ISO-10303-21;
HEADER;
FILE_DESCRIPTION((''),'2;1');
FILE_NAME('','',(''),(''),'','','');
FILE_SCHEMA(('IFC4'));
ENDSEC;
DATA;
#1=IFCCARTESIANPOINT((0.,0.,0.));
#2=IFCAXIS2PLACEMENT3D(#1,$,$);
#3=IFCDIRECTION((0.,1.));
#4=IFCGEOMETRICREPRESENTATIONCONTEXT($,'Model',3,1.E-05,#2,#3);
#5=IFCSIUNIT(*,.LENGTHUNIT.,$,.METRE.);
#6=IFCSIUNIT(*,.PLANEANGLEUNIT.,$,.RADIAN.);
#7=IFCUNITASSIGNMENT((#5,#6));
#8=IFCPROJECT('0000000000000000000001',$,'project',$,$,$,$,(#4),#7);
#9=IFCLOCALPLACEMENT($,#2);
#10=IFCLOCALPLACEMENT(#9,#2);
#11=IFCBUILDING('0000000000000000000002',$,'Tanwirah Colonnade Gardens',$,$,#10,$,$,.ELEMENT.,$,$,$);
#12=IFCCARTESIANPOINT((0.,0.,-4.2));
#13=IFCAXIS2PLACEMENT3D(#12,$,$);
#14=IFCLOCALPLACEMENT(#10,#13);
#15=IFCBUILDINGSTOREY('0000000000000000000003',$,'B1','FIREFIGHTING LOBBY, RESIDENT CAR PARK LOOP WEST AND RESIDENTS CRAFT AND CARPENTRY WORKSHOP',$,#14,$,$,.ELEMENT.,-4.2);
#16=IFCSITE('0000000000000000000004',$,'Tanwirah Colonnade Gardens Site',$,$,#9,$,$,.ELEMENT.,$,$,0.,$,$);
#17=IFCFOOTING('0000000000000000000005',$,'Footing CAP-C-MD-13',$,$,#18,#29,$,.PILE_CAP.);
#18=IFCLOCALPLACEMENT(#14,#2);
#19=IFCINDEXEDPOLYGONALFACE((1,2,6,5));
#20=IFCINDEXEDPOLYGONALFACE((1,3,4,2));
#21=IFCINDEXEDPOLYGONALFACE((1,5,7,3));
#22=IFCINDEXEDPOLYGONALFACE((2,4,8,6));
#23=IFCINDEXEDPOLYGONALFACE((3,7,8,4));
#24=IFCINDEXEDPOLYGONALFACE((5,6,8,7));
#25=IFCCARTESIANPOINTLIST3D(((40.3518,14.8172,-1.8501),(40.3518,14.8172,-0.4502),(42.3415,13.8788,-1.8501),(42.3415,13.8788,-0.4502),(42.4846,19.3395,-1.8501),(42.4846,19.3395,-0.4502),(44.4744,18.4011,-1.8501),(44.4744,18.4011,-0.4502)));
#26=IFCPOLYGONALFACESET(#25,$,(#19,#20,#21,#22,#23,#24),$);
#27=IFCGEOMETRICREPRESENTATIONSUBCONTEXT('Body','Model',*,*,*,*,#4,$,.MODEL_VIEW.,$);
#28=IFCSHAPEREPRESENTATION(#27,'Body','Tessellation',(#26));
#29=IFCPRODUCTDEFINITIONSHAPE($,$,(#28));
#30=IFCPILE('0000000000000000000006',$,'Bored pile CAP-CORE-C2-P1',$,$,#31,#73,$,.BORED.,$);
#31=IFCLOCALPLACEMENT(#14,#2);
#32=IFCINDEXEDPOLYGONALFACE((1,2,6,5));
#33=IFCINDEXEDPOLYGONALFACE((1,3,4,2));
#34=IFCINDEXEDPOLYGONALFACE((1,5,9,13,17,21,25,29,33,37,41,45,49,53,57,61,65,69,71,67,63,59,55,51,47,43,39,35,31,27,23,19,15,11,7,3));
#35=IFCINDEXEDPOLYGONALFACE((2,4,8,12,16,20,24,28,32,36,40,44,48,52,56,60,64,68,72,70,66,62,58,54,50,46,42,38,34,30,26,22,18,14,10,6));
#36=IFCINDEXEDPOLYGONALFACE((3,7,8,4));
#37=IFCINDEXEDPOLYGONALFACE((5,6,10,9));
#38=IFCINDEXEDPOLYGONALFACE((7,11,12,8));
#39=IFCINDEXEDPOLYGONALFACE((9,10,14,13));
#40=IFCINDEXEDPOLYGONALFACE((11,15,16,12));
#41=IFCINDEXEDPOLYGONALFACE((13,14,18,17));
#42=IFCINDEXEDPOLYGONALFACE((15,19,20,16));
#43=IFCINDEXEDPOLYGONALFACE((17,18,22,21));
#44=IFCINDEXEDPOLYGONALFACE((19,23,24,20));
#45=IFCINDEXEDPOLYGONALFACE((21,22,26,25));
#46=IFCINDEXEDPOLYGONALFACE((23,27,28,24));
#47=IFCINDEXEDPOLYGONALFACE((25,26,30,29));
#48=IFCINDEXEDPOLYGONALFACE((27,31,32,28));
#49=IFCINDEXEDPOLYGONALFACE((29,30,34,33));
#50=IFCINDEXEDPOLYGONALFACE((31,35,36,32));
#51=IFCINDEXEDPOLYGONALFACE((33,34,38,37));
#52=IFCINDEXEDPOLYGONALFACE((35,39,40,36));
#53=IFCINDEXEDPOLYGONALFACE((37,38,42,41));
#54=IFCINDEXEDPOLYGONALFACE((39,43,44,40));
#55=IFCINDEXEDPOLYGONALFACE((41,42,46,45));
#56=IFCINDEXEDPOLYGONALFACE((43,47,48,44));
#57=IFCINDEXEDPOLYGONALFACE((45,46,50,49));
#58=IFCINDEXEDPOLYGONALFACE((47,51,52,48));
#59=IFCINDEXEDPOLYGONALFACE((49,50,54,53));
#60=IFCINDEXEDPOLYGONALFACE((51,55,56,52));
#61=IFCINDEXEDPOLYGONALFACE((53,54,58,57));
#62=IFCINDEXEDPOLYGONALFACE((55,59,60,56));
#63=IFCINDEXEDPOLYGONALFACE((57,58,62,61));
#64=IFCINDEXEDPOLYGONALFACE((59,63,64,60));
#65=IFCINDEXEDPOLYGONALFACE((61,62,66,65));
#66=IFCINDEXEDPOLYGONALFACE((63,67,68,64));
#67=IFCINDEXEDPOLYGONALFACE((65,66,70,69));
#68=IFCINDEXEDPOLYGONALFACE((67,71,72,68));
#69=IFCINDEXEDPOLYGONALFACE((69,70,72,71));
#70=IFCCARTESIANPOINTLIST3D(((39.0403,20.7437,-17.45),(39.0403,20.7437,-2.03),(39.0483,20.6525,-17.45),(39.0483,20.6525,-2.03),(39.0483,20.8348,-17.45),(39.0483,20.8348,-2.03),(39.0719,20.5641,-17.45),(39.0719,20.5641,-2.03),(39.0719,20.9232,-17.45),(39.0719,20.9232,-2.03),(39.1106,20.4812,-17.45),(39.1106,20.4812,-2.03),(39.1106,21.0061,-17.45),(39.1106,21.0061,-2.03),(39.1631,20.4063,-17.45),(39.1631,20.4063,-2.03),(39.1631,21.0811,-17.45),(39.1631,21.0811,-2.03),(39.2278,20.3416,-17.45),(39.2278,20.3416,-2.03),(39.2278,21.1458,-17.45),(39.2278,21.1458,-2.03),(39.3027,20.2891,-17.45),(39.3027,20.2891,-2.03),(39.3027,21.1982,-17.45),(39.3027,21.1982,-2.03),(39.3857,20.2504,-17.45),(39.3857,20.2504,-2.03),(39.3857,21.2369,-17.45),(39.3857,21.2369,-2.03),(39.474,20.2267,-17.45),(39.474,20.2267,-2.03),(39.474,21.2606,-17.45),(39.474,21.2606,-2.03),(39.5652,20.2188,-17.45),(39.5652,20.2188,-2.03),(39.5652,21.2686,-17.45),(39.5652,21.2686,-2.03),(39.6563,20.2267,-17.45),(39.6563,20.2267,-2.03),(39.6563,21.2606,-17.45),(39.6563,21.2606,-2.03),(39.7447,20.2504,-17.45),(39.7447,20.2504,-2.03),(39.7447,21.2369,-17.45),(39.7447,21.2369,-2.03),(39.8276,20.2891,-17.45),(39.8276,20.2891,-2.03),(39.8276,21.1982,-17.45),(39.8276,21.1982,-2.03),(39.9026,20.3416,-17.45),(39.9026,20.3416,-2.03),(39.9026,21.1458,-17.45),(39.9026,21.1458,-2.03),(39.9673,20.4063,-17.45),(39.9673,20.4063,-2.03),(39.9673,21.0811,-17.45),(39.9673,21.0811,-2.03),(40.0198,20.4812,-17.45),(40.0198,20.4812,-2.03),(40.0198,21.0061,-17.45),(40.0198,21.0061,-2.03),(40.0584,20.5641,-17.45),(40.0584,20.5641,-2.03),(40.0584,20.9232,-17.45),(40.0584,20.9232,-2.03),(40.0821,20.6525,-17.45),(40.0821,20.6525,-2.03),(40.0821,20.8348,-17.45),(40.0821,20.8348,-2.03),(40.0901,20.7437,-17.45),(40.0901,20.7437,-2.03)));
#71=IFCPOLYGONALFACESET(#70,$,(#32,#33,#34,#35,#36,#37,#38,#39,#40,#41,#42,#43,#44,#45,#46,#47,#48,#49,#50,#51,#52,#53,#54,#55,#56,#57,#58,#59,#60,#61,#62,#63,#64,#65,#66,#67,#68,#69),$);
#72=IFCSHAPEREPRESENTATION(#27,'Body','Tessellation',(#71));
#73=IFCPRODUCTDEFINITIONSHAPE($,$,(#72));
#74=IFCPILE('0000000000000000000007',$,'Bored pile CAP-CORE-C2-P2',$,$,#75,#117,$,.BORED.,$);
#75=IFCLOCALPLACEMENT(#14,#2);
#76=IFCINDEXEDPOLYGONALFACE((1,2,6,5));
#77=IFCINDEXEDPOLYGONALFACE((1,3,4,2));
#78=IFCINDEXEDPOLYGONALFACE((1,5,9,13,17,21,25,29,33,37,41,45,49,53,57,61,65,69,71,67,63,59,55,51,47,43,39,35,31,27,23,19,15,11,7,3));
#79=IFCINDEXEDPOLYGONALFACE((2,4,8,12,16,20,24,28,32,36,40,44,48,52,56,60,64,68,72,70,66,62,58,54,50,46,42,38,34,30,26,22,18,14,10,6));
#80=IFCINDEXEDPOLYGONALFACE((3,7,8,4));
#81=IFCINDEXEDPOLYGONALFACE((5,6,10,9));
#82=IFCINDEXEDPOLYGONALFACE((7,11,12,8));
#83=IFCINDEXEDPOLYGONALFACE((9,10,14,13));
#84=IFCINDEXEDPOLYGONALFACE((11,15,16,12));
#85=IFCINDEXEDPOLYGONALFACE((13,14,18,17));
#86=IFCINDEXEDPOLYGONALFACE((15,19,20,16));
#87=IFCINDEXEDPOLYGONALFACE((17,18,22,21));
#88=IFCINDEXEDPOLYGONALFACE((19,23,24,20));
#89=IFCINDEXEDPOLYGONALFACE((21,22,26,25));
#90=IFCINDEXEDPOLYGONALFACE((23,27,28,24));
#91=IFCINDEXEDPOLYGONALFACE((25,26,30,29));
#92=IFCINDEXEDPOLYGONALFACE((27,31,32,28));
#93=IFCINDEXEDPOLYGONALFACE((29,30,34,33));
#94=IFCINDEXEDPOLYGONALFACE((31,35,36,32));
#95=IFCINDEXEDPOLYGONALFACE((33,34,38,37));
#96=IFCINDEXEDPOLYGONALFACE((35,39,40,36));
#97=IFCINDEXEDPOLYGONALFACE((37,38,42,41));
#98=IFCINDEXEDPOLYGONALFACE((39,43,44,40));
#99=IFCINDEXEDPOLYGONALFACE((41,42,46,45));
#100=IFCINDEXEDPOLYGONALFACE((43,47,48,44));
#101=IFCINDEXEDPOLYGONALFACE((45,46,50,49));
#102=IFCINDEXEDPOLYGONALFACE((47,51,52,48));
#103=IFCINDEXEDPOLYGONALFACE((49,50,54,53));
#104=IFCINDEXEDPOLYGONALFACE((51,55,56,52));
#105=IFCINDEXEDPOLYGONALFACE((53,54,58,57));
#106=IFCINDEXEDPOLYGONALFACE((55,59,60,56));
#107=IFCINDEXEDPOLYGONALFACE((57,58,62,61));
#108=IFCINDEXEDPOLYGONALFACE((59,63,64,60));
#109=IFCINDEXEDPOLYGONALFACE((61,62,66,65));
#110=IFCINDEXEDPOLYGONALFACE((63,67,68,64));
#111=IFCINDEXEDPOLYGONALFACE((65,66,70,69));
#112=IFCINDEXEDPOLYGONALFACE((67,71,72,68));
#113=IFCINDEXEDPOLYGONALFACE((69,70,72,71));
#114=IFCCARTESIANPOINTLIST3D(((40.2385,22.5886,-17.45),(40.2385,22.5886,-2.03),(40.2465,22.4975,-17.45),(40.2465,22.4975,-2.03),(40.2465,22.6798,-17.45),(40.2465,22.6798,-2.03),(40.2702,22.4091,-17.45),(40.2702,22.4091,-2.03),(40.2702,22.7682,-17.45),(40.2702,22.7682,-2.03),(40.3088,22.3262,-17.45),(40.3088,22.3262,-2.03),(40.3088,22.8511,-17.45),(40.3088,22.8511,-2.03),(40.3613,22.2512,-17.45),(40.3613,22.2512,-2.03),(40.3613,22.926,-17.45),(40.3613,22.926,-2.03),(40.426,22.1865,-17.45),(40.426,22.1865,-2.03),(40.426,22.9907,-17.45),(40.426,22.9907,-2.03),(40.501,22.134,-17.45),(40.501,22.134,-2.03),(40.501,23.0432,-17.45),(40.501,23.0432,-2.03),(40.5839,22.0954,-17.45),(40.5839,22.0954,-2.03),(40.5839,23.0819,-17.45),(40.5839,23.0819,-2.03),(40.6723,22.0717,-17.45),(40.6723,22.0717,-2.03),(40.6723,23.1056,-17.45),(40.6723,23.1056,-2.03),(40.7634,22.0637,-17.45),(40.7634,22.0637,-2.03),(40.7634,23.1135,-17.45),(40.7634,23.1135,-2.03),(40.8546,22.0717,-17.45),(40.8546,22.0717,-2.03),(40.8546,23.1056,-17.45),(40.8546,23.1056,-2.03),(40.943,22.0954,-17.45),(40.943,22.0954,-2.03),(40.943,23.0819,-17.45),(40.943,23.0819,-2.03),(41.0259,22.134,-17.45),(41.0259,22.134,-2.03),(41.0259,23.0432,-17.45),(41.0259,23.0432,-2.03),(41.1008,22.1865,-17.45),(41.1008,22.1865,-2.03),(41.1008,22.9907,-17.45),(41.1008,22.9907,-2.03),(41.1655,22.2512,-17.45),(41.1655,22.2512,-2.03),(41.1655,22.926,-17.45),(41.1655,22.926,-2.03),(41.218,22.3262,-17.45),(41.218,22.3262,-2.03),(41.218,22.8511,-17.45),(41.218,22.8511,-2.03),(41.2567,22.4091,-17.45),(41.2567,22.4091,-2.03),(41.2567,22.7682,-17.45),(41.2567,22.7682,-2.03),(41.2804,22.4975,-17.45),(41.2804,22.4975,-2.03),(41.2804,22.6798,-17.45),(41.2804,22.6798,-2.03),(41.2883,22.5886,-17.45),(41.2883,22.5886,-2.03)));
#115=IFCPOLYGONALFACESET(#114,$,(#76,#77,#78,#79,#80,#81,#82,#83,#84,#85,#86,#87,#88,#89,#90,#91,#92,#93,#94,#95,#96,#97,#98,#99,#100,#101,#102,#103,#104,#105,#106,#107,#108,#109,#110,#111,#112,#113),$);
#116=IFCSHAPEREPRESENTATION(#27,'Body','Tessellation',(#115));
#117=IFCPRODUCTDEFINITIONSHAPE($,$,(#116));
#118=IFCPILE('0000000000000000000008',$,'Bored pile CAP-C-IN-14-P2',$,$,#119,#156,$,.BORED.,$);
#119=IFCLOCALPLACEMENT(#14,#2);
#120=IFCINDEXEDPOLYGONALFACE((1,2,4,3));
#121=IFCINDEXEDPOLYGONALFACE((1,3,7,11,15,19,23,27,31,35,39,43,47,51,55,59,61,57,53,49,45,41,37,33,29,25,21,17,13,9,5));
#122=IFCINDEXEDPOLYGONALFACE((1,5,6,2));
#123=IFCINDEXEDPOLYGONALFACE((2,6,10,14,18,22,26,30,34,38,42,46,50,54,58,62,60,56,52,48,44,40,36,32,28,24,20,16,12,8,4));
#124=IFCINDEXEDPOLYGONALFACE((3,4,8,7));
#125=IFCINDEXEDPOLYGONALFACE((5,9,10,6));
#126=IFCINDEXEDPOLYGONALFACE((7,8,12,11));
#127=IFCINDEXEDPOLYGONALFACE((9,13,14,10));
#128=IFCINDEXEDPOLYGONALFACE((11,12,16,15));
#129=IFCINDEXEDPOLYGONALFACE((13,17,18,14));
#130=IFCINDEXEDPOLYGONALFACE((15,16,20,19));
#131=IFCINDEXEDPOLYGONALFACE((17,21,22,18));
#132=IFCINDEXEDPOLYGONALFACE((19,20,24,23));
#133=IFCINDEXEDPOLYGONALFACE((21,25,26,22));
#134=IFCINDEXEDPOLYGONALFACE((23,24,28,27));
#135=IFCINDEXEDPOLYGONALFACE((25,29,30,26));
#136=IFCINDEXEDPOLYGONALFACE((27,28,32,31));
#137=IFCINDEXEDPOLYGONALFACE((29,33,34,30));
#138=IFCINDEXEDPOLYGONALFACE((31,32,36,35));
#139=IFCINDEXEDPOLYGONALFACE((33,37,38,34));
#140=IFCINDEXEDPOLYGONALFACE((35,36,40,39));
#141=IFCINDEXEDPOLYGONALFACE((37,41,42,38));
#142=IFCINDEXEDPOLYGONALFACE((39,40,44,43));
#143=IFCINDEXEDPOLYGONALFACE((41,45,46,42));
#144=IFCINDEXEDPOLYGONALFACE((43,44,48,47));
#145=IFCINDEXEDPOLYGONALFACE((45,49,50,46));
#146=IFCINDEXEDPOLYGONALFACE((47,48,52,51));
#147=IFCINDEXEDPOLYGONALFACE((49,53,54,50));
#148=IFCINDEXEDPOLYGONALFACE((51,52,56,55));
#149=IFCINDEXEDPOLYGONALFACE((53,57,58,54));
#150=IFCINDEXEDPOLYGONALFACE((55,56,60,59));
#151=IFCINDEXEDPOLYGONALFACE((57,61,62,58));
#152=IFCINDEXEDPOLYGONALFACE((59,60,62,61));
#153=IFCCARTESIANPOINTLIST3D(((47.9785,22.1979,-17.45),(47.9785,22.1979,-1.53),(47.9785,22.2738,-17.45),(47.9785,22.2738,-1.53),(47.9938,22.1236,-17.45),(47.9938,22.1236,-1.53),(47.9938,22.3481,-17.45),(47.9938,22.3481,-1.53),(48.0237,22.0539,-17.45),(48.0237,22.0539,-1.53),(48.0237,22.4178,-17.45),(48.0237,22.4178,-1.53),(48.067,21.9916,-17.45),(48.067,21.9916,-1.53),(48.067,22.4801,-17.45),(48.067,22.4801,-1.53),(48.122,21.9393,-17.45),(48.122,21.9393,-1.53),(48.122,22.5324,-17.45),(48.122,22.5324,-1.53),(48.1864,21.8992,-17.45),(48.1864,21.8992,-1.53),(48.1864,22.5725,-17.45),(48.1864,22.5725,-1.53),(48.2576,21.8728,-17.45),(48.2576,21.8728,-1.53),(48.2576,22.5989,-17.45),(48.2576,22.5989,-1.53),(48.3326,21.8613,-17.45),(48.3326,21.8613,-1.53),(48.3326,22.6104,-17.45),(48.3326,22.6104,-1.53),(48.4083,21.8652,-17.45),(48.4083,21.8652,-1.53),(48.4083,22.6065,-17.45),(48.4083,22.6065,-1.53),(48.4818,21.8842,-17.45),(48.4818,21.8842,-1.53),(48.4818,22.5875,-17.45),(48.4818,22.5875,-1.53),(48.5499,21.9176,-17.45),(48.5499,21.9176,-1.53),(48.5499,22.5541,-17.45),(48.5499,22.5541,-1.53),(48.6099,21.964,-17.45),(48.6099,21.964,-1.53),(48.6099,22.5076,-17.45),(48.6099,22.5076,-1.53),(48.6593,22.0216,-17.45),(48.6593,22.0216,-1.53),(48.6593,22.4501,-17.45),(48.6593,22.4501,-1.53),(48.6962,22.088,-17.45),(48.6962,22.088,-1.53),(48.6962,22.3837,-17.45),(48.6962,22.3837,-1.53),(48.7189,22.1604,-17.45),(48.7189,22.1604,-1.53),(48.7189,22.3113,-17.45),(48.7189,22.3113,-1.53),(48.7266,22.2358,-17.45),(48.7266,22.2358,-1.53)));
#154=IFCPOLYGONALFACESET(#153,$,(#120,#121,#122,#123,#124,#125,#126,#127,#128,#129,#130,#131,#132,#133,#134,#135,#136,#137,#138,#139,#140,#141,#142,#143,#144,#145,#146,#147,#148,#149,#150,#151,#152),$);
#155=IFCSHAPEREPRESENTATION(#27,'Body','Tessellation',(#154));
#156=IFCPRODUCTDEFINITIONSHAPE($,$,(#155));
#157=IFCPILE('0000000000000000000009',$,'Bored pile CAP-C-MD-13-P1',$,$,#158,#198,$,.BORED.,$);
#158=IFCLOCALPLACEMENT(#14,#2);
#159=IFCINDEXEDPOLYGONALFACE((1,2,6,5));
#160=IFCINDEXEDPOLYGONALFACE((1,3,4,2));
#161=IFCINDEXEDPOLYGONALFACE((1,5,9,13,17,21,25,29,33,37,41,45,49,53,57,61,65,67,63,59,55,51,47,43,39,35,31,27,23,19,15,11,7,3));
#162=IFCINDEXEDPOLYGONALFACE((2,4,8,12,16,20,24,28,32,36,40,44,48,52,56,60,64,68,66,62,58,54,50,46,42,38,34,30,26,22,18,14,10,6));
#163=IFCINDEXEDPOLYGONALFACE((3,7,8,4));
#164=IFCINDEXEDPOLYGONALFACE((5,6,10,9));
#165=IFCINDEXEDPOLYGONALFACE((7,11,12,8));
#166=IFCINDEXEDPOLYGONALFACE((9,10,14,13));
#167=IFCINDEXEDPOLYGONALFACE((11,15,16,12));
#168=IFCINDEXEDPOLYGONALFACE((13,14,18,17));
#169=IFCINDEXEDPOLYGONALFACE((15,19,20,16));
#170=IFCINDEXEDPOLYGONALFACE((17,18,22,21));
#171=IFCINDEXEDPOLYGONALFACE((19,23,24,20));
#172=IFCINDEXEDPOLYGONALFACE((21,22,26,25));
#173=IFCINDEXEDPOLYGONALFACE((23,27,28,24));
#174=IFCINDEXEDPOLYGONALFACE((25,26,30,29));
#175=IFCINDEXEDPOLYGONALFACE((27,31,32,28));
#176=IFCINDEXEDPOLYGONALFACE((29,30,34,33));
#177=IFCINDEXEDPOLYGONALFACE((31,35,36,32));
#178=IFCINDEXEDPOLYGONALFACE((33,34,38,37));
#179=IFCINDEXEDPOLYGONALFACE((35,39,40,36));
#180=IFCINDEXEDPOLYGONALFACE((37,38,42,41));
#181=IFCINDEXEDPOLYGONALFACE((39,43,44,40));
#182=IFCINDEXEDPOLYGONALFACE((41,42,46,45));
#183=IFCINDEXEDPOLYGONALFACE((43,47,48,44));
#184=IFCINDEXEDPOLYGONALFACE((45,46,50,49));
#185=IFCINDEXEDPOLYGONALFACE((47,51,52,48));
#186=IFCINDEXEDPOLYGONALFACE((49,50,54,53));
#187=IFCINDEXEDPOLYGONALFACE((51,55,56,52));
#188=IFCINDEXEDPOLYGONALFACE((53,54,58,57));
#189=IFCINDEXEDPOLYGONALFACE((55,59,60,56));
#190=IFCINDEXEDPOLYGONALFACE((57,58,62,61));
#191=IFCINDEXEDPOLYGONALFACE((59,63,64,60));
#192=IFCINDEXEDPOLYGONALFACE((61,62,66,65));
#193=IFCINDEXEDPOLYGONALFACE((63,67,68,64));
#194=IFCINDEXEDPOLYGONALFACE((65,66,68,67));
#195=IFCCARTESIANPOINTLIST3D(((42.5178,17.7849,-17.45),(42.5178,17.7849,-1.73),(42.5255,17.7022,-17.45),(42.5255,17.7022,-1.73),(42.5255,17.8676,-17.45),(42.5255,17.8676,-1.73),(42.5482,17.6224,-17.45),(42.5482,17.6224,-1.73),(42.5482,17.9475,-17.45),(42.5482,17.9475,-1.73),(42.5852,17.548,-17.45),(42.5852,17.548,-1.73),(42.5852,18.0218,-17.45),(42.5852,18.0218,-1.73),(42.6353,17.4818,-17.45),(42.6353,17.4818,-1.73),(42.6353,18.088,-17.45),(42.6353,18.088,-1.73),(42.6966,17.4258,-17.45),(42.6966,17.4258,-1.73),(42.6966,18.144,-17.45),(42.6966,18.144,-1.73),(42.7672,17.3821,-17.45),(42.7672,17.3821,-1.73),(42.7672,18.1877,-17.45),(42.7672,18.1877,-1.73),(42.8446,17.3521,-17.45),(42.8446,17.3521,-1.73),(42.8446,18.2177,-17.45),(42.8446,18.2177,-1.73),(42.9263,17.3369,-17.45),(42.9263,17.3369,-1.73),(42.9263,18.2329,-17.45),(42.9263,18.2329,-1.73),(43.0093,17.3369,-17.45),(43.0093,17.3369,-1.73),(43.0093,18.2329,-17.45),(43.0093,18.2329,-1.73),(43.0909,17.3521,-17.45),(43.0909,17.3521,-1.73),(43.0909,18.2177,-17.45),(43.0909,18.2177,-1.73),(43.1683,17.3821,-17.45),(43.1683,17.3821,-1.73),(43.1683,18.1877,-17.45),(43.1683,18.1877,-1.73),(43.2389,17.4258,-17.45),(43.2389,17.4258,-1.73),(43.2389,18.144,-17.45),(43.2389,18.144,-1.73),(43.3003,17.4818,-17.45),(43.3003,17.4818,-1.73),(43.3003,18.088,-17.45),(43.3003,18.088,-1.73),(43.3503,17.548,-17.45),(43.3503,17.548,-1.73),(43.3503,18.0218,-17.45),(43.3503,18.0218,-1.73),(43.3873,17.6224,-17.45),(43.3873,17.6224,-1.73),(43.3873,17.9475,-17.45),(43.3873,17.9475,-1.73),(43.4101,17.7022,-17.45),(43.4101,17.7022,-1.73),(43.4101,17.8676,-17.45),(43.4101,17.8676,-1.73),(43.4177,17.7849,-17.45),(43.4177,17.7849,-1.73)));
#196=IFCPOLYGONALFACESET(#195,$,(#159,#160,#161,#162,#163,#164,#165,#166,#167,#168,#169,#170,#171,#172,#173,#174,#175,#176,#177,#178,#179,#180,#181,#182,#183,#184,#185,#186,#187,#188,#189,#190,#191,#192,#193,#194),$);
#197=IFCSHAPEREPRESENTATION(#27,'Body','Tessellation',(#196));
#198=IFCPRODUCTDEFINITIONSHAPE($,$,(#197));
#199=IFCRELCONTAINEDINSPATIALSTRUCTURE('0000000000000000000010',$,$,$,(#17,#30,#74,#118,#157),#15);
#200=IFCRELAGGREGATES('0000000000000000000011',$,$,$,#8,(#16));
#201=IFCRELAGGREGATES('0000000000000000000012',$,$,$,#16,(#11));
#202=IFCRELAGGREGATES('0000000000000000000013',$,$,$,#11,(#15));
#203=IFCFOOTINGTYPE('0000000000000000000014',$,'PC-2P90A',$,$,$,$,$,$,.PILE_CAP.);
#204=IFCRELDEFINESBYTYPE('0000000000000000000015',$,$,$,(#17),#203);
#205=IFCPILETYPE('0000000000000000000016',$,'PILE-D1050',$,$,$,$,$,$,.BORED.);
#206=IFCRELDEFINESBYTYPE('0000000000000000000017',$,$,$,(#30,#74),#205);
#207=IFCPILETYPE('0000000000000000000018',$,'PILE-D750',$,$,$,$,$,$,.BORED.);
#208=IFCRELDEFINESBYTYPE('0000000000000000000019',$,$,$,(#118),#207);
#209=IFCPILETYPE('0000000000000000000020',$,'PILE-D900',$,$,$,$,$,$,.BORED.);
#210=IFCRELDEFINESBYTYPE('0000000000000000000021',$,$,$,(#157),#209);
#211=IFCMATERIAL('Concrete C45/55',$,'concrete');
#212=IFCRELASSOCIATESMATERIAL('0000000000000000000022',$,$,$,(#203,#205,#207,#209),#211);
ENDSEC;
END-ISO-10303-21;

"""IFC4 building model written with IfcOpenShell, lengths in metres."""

from ifc_helpers import new_model, si_unit, direction, frame, origin, origin_2d, place, context, subcontext, project, spatial, rectangle, circle, extrude, material, material_profile, profile_set, type_object, element, save


model = new_model("IFC4")

# Units and contexts
model_context = context("Model", 3, precision=1e-05, world=origin(), true_north=direction((0.0, 1.0)))
body_context = subcontext(model_context, "Body", "Model", "MODEL_VIEW")
ifc_project = project(units=[si_unit("LENGTHUNIT", "METRE"), si_unit("PLANEANGLEUNIT", "RADIAN")], contexts=[model_context])

# Site, building, storey
site_placement = place(None, origin())
site = spatial("IfcSite", under=ifc_project, at=site_placement, Name="Tanwirah Colonnade Gardens Site", CompositionType="ELEMENT", RefElevation=0.0)
building_placement = place(site_placement, origin())
building = spatial("IfcBuilding", under=site, at=building_placement, Name="Tanwirah Colonnade Gardens", CompositionType="ELEMENT")
storey_placement = place(building_placement, frame((0.0, 0.0, -4.2)))
storey = spatial("IfcBuildingStorey", under=building, at=storey_placement, Name="B1", Description="FIREFIGHTING LOBBY, RESIDENT CAR PARK LOOP WEST AND RESIDENTS CRAFT AND CARPENTRY WORKSHOP", CompositionType="ELEMENT", Elevation=-4.2)

# Footing
ifc_material_1 = material(Name="Concrete C45/55", Category="concrete")
footing_type = type_object("IfcFootingType", Name="PC-2P90A", PredefinedType="PILE_CAP", material=ifc_material_1)
footing_placement = place(storey_placement, frame((42.4131, 16.6091, -1.8501), z_axis=(0.0, 0.0, 1.0), x_axis=(-0.426569, -0.904455, 0.0)))
element("IfcFooting", 1, at=footing_placement, inside=storey, type_object=footing_type, Name="Footing CAP-C-MD-13", PredefinedType="PILE_CAP", context=body_context, shape_type="SweptSolid", body=[
    extrude(rectangle(XDim=5.0, YDim=2.2, at=origin_2d()), origin(), (0.0, 0.0, 1.0), 1.3999),
])

# Piles
ifc_material_profile_1 = material_profile(ifc_material_1, circle(Radius=0.5249, at=origin_2d()), Name="PILE D1050")
ifc_profile_set_1 = profile_set([ifc_material_profile_1], Name="Concrete C45/55")
pile_type_1 = type_object("IfcPileType", Name="PILE-D1050", PredefinedType="BORED", material=ifc_profile_set_1)
for number, where, z_axis, x_axis, name in (
    (2, (39.5652, 20.7437, -2.03), (0.0, 0.0, -1.0), (1.0, 0.0, 0.0), "Bored pile CAP-CORE-C2-P1"),
    (3, (40.7634, 22.5886, -2.03), (0.0, 0.0, -1.0), (1.0, 0.0, 0.0), "Bored pile CAP-CORE-C2-P2"),
):
    element("IfcPile", number, at=place(storey_placement, frame(where, z_axis=z_axis, x_axis=x_axis)), inside=storey, type_object=pile_type_1, Name=name, PredefinedType="BORED", context=body_context, shape_type="SweptSolid", body=[
        extrude(circle(Radius=0.5249, at=origin_2d()), origin(), (0.0, 0.0, 1.0), 15.4199),
    ])
ifc_material_profile_2 = material_profile(ifc_material_1, circle(Radius=0.375, at=origin_2d()), Name="PILE D750")
ifc_profile_set_2 = profile_set([ifc_material_profile_2], Name="Concrete C45/55")
pile_type_2 = type_object("IfcPileType", Name="PILE-D750", PredefinedType="BORED", material=ifc_profile_set_2)
pile_placement = place(storey_placement, frame((48.3516, 22.2358, -1.53), z_axis=(0.0, 0.0, -1.0), x_axis=(1.0, 0.0, 0.0)))
element("IfcPile", 4, at=pile_placement, inside=storey, type_object=pile_type_2, Name="Bored pile CAP-C-IN-14-P2", PredefinedType="BORED", context=body_context, shape_type="SweptSolid", body=[
    extrude(circle(Radius=0.375, at=origin_2d()), origin(), (0.0, 0.0, 1.0), 15.9199),
])
ifc_material_profile_3 = material_profile(ifc_material_1, circle(Radius=0.45, at=origin_2d()), Name="PILE D900")
ifc_profile_set_3 = profile_set([ifc_material_profile_3], Name="Concrete C45/55")
pile_type_3 = type_object("IfcPileType", Name="PILE-D900", PredefinedType="BORED", material=ifc_profile_set_3)
for number, where, z_axis, x_axis, name in (
    (5, (42.9678, 17.7849, -1.73), (0.0, 0.0, -1.0), (1.0, 0.0, 0.0), "Bored pile CAP-C-MD-13-P1"),
):
    element("IfcPile", number, at=place(storey_placement, frame(where, z_axis=z_axis, x_axis=x_axis)), inside=storey, type_object=pile_type_3, Name=name, PredefinedType="BORED", context=body_context, shape_type="SweptSolid", body=[
        extrude(circle(Radius=0.45, at=origin_2d()), origin(), (0.0, 0.0, 1.0), 15.72),
    ])

save(model, "model.ifc")
